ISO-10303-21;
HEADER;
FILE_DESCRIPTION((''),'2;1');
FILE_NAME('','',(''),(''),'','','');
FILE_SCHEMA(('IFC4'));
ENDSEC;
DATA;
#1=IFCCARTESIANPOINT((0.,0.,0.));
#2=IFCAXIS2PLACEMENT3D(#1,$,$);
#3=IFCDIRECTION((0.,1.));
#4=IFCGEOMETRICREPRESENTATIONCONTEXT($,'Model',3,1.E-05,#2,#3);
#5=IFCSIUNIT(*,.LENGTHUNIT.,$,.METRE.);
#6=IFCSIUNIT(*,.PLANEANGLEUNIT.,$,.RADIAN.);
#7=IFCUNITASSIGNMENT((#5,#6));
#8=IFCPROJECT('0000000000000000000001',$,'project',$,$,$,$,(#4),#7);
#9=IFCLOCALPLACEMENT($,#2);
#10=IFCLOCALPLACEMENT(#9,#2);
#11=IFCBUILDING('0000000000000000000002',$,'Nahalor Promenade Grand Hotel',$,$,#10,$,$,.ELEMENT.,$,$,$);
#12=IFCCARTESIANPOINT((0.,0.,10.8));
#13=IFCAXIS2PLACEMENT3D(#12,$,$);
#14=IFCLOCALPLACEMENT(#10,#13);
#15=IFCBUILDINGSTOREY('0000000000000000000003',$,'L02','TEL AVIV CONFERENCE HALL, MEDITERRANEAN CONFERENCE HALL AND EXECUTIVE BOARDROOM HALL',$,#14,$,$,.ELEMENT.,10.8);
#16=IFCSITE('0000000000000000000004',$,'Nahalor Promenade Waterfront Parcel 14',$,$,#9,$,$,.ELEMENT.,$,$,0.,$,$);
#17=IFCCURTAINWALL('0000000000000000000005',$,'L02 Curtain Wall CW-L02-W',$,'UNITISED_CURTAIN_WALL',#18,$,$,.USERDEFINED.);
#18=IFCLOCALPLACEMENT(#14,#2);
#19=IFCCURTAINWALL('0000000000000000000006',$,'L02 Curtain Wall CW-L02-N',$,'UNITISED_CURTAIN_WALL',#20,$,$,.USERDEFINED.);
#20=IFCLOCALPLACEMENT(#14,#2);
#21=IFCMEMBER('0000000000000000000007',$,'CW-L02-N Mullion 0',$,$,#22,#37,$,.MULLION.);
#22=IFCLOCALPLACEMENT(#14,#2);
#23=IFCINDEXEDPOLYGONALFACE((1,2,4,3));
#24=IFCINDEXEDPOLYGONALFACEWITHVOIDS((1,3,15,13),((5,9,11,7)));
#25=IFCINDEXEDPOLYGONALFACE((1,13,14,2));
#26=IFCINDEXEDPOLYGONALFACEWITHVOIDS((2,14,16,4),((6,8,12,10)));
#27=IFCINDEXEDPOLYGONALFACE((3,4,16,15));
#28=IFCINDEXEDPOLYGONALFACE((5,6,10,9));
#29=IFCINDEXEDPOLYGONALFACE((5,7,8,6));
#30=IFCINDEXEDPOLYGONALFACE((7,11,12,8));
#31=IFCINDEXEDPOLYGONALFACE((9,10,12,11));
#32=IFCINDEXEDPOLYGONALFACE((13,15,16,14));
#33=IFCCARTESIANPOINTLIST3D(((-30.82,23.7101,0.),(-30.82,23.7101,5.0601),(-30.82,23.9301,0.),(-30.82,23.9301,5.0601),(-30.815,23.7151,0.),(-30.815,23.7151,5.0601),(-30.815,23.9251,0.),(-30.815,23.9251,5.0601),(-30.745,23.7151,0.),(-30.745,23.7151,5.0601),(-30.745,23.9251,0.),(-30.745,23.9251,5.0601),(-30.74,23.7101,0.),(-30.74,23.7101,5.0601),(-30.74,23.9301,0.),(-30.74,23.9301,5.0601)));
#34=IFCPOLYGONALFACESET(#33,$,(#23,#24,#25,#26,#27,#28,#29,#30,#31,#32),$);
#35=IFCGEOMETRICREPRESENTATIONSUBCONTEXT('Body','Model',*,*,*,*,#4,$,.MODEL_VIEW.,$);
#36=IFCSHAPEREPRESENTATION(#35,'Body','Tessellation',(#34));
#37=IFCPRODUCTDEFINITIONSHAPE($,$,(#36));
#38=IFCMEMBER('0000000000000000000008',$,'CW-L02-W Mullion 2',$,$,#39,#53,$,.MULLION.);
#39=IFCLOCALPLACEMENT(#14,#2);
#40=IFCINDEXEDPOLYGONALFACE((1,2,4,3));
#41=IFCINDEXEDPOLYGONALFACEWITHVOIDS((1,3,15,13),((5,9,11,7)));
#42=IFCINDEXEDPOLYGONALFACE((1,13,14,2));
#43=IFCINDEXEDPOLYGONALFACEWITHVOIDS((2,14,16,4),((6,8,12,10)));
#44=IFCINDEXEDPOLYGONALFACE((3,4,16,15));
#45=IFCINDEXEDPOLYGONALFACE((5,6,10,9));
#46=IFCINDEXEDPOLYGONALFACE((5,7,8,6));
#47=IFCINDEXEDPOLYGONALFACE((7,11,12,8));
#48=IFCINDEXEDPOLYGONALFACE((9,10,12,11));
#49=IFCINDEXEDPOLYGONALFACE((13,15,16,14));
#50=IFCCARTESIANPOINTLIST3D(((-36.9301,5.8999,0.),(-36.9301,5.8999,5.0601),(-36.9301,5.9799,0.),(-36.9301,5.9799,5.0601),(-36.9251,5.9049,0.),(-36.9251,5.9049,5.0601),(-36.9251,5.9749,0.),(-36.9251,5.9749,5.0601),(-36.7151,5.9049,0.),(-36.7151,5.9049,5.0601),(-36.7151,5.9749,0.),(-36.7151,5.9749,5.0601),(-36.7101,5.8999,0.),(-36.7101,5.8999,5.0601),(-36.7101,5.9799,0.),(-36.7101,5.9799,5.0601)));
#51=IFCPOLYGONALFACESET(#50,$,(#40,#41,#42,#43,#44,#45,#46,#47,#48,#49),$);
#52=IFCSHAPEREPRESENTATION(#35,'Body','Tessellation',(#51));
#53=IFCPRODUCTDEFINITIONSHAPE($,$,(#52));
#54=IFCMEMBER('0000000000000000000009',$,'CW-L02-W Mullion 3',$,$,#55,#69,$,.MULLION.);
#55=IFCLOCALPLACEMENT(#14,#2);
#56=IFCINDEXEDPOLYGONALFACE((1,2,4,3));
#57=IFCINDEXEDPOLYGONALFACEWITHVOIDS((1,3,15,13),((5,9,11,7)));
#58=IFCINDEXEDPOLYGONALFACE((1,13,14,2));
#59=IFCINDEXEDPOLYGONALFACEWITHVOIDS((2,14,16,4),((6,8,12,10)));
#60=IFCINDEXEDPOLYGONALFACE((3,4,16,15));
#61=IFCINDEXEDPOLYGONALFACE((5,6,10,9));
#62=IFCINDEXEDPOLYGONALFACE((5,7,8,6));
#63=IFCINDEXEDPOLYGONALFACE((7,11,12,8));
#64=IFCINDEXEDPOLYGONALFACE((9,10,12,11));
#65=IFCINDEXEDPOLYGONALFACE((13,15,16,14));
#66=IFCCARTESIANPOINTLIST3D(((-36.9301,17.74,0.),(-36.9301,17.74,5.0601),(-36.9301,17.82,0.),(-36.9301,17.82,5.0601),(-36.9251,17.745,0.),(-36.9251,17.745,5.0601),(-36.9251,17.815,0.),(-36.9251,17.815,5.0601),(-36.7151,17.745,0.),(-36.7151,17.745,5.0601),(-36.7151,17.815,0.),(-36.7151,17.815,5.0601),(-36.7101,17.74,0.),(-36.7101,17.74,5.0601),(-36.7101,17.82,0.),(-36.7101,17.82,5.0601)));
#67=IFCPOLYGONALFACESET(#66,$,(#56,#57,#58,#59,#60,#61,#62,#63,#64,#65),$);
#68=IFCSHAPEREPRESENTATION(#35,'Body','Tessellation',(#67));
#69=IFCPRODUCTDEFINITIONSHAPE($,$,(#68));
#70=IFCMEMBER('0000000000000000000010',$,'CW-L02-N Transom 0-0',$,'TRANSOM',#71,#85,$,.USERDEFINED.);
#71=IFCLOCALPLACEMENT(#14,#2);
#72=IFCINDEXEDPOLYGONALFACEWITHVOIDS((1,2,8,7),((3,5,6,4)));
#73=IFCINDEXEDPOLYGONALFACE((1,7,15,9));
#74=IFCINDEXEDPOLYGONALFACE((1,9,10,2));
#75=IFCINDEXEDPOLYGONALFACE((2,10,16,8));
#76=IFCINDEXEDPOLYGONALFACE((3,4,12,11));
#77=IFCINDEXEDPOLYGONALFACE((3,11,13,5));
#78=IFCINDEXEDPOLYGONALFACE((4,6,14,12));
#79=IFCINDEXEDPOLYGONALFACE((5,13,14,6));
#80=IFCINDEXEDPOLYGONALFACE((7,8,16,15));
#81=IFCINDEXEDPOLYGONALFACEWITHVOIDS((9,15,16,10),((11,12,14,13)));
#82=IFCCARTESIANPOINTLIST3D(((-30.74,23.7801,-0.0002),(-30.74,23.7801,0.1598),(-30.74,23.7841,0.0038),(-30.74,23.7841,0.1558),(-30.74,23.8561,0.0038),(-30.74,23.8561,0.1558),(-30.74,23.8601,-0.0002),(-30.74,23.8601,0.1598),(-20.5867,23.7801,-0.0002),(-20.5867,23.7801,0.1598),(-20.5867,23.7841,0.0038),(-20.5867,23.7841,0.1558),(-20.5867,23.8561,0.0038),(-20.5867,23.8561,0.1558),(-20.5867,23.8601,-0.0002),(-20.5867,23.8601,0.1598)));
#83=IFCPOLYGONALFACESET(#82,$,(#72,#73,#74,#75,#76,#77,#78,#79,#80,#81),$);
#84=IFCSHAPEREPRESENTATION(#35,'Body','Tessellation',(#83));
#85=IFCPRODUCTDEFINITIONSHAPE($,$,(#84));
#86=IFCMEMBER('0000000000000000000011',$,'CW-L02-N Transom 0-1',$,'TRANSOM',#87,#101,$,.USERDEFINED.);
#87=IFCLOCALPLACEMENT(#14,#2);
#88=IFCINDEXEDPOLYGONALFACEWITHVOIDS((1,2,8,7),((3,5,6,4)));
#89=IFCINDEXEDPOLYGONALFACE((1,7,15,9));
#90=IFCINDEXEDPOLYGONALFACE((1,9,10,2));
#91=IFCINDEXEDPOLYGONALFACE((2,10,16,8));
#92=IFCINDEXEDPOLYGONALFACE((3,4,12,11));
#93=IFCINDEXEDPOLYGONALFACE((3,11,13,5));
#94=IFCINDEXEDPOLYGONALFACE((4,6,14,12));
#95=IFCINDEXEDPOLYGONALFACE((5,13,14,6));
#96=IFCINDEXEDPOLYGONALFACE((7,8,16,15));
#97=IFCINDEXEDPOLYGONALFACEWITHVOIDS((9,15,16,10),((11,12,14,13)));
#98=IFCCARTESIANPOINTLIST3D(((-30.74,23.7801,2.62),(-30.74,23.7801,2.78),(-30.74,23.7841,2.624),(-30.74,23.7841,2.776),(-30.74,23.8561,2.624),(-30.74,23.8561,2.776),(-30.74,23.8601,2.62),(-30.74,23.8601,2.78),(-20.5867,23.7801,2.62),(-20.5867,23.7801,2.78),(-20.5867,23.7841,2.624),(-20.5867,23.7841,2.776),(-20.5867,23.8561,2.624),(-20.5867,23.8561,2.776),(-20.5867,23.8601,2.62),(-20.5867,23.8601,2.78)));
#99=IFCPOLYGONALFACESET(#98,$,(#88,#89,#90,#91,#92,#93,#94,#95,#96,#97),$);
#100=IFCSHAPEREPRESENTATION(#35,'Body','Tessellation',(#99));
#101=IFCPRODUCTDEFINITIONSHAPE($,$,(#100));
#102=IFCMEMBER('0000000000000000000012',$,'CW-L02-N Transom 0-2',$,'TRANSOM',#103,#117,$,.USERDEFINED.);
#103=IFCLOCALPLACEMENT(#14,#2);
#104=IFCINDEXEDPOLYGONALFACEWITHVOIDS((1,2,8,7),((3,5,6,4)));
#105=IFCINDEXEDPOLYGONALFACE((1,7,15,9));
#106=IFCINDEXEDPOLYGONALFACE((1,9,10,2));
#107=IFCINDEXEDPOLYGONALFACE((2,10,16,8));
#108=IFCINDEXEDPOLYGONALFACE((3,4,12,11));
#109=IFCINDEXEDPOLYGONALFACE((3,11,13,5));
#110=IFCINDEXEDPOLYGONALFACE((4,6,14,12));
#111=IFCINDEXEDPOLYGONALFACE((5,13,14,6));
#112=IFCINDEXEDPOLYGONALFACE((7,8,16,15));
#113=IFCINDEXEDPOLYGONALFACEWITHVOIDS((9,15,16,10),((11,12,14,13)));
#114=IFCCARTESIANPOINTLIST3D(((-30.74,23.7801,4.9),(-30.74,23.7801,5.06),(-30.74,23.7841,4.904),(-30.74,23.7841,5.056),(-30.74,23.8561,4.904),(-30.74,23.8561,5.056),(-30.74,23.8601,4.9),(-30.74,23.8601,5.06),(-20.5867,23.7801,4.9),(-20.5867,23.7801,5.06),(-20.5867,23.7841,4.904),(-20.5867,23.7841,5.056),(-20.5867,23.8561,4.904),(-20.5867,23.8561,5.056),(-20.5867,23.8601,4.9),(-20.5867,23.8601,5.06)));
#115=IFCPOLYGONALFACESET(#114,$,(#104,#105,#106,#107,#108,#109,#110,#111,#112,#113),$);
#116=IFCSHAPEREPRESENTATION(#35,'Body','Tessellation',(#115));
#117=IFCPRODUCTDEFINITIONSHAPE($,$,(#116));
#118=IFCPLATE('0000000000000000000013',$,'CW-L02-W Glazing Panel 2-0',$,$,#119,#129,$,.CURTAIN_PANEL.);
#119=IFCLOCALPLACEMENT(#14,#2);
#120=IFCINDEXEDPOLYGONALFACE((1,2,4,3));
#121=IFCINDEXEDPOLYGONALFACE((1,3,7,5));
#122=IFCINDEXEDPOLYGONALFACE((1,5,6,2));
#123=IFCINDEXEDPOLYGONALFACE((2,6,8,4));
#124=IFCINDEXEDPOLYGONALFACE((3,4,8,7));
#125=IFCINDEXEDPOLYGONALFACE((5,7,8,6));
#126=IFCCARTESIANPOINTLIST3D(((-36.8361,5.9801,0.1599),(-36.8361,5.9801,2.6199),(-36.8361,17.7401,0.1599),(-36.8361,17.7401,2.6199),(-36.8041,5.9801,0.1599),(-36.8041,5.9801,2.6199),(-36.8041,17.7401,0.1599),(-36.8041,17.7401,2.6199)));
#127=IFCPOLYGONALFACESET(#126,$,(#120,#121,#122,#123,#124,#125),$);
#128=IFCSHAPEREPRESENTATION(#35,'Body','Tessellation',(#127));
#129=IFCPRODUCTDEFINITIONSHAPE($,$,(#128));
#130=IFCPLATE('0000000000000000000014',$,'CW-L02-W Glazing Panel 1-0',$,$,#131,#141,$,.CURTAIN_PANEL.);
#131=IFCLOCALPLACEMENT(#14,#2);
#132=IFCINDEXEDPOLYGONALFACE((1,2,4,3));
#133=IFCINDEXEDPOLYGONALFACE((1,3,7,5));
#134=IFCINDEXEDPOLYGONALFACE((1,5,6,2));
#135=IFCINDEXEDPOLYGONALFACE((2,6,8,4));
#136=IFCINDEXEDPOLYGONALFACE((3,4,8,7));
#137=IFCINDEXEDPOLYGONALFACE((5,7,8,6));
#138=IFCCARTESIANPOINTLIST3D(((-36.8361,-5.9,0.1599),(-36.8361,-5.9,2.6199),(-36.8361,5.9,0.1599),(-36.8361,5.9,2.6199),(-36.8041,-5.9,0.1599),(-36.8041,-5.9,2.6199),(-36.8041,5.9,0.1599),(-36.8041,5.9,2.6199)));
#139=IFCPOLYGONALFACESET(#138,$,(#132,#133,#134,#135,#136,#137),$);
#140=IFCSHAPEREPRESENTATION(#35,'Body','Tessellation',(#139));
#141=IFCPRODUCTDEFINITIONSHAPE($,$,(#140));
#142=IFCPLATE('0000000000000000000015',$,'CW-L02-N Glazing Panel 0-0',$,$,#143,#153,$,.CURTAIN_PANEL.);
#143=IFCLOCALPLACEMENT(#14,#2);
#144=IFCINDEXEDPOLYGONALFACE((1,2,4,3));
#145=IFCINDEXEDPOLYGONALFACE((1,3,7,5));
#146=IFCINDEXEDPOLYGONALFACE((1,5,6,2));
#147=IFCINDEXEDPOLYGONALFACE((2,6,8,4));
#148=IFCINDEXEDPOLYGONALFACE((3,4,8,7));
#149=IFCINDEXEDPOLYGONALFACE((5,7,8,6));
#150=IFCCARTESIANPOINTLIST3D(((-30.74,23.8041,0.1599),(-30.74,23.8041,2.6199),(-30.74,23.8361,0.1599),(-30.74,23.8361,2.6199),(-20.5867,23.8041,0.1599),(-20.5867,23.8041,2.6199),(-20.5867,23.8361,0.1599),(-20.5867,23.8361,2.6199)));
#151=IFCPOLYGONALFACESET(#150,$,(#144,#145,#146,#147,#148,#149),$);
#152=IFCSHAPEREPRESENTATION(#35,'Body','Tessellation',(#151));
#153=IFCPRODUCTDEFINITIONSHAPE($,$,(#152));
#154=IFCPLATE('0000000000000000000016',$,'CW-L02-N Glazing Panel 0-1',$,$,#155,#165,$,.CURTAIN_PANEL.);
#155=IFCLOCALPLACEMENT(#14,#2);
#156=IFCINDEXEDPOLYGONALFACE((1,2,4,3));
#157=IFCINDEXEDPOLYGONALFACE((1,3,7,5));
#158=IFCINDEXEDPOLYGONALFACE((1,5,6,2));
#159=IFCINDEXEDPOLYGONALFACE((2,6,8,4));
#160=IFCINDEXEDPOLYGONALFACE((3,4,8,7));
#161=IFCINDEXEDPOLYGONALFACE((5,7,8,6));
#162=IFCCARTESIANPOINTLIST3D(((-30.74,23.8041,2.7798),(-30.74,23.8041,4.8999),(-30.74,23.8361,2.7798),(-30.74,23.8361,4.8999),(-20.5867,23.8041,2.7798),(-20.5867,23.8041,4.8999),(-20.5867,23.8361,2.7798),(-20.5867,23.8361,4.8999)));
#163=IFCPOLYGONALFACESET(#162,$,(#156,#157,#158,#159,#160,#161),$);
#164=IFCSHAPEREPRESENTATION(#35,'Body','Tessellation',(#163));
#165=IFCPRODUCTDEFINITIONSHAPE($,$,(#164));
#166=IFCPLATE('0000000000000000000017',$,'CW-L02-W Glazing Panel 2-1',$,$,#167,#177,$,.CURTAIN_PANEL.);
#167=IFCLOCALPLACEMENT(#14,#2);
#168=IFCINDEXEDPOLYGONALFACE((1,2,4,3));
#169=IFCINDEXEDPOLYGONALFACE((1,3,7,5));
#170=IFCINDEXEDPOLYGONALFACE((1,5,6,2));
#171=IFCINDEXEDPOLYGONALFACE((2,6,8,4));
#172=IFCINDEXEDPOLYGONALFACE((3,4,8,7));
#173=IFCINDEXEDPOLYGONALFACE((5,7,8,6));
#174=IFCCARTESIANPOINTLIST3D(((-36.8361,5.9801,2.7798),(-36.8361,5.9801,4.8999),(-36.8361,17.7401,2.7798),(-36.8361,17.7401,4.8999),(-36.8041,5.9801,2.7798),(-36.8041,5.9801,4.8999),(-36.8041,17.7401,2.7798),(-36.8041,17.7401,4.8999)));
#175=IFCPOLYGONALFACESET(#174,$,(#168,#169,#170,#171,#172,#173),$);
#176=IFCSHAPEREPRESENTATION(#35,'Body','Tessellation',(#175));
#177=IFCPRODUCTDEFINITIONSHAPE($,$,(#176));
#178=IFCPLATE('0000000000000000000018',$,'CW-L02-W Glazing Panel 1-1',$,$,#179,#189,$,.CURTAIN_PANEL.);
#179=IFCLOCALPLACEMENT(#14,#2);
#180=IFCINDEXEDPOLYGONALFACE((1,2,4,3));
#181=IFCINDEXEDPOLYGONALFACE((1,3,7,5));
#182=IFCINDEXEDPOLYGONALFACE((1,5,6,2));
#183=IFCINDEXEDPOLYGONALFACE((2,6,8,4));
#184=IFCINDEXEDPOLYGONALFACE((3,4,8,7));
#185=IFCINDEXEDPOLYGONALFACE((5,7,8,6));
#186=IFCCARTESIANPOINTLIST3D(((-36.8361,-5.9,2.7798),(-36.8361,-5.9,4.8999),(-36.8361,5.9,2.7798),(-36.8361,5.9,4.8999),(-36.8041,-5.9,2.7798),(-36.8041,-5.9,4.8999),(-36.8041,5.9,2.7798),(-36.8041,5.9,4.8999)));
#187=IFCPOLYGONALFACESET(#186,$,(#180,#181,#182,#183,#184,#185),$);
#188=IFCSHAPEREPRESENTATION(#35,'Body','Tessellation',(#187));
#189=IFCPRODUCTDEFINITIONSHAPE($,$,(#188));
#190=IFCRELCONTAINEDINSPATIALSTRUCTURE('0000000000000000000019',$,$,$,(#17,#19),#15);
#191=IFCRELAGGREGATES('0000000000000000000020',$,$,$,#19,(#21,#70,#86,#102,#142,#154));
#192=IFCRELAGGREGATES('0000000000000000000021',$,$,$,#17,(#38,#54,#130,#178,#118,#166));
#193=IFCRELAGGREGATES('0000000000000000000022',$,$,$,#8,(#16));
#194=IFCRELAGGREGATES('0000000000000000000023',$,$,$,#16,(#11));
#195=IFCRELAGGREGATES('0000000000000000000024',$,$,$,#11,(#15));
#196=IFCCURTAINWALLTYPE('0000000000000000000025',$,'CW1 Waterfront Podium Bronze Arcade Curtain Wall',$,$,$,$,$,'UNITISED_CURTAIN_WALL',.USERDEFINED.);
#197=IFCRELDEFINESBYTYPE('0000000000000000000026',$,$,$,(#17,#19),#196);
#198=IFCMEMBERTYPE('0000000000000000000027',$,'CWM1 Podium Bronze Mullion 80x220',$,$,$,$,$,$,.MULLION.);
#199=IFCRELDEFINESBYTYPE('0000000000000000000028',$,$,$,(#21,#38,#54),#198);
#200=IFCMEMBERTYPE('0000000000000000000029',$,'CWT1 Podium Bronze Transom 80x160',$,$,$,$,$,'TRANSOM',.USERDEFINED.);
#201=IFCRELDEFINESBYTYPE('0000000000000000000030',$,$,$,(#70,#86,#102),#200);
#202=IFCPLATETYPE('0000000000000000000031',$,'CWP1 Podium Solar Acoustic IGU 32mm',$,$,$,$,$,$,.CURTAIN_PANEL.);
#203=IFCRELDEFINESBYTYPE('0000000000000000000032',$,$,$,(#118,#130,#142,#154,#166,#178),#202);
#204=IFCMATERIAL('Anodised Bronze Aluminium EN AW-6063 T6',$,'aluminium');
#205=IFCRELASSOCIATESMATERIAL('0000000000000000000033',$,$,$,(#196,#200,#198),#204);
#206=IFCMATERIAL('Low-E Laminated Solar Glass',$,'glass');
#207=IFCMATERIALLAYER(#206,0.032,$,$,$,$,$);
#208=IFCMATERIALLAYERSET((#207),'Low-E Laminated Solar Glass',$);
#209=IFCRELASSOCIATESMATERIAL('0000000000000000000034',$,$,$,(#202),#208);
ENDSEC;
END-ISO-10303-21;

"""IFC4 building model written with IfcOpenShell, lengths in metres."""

from ifc_helpers import new_model, si_unit, direction, frame, origin, origin_2d, place, context, subcontext, project, spatial, rectangle, hollow_rectangle, extrude, source, transform, mapped, material, layer, layer_set, material_profile, profile_set, type_object, element, aggregate, save


model = new_model("IFC4")

# Units and contexts
model_context = context("Model", 3, precision=1e-05, world=origin(), true_north=direction((0.0, 1.0)))
body_context = subcontext(model_context, "Body", "Model", "MODEL_VIEW")
ifc_project = project(units=[si_unit("LENGTHUNIT", "METRE"), si_unit("PLANEANGLEUNIT", "RADIAN")], contexts=[model_context])

# Site, building, storey
site_placement = place(None, origin())
site = spatial("IfcSite", under=ifc_project, at=site_placement, Name="Nahalor Promenade Waterfront Parcel 14", CompositionType="ELEMENT", RefElevation=0.0)
building_placement = place(site_placement, origin())
building = spatial("IfcBuilding", under=site, at=building_placement, Name="Nahalor Promenade Grand Hotel", CompositionType="ELEMENT")
storey_placement = place(building_placement, frame((0.0, 0.0, 10.8)))
storey = spatial("IfcBuildingStorey", under=building, at=storey_placement, Name="L02", Description="TEL AVIV CONFERENCE HALL, MEDITERRANEAN CONFERENCE HALL AND EXECUTIVE BOARDROOM HALL", CompositionType="ELEMENT", Elevation=10.8)

# Curtain wall
ifc_material_1 = material(Name="Anodised Bronze Aluminium EN AW-6063 T6", Category="aluminium")
curtain_wall_type = type_object("IfcCurtainWallType", Name="CW1 Waterfront Podium Bronze Arcade Curtain Wall", ElementType="UNITISED_CURTAIN_WALL", PredefinedType="USERDEFINED", material=ifc_material_1)
curtain_wall_1_placement = place(storey_placement, origin())
curtain_wall_1 = element("IfcCurtainWall", 1, at=curtain_wall_1_placement, inside=storey, type_object=curtain_wall_type, Name="L02 Curtain Wall CW-L02-W", ObjectType="UNITISED_CURTAIN_WALL", PredefinedType="USERDEFINED")
ifc_material_profile_1 = material_profile(ifc_material_1, hollow_rectangle(XDim=0.08, YDim=0.16, WallThickness=0.004, at=origin_2d()), Name="CWT 80x160x4")
ifc_profile_set_1 = profile_set([ifc_material_profile_1], Name="Anodised Bronze Aluminium EN AW-6063 T6")
member_type_1 = type_object("IfcMemberType", Name="CWT1 Podium Bronze Transom 80x160", ElementType="TRANSOM", PredefinedType="USERDEFINED", material=ifc_profile_set_1)

# Curtain wall, member
curtain_wall_2_placement = place(storey_placement, origin())
curtain_wall_2 = element("IfcCurtainWall", 2, at=curtain_wall_2_placement, inside=storey, type_object=curtain_wall_type, Name="L02 Curtain Wall CW-L02-N", ObjectType="UNITISED_CURTAIN_WALL", PredefinedType="USERDEFINED")
ifc_material_profile_2 = material_profile(ifc_material_1, hollow_rectangle(XDim=0.08, YDim=0.22, WallThickness=0.005, at=origin_2d()), Name="CWM 80x220x5")
ifc_profile_set_2 = profile_set([ifc_material_profile_2], Name="Anodised Bronze Aluminium EN AW-6063 T6")
member_type_2 = type_object("IfcMemberType", Name="CWM1 Podium Bronze Mullion 80x220", PredefinedType="MULLION", material=ifc_profile_set_2)
shared_shape_1 = source(origin(), body_context, "Body", "SweptSolid", [
    extrude(hollow_rectangle(XDim=0.08, YDim=0.22, WallThickness=0.005, at=origin_2d()), origin(), (0.0, 0.0, 1.0), 5.0601),
])
member_1_placement = place(storey_placement, frame((-30.78, 23.8201, 0.0), z_axis=(0.0, 0.0, 1.0), x_axis=(1.0, 0.0, 0.0)))
member_1 = element("IfcMember", 3, at=member_1_placement, type_object=member_type_2, Name="CW-L02-N Mullion 0", PredefinedType="MULLION", context=body_context, shape_type="MappedRepresentation", body=[
    mapped(shared_shape_1, transform((0.0, 0.0, 0.0), scale=1.0)),
])

# Members
member_2_placement = place(storey_placement, frame((-36.8201, 5.9399, 0.0), z_axis=(0.0, 0.0, 1.0), x_axis=(0.0, 1.0, 0.0)))
member_2 = element("IfcMember", 4, at=member_2_placement, type_object=member_type_2, Name="CW-L02-W Mullion 2", PredefinedType="MULLION", context=body_context, shape_type="MappedRepresentation", body=[
    mapped(shared_shape_1, transform((0.0, 0.0, 0.0), scale=1.0)),
])
member_3_placement = place(storey_placement, frame((-36.8201, 17.78, 0.0), z_axis=(0.0, 0.0, 1.0), x_axis=(0.0, 1.0, 0.0)))
member_3 = element("IfcMember", 5, at=member_3_placement, type_object=member_type_2, Name="CW-L02-W Mullion 3", PredefinedType="MULLION", context=body_context, shape_type="MappedRepresentation", body=[
    mapped(shared_shape_1, transform((0.0, 0.0, 0.0), scale=1.0)),
])
shared_shape_2 = source(origin(), body_context, "Body", "SweptSolid", [
    extrude(hollow_rectangle(XDim=0.08, YDim=0.16, WallThickness=0.004, at=origin_2d()), origin(), (0.0, 0.0, 1.0), 10.1533),
])
member_4_placement = place(storey_placement, frame((-30.74, 23.8201, 0.0798), z_axis=(1.0, 0.0, 0.0), x_axis=(0.0, 1.0, 0.0)))
member_4 = element("IfcMember", 6, at=member_4_placement, type_object=member_type_1, Name="CW-L02-N Transom 0-0", ObjectType="TRANSOM", PredefinedType="USERDEFINED", context=body_context, shape_type="MappedRepresentation", body=[
    mapped(shared_shape_2, transform((0.0, 0.0, 0.0), scale=1.0)),
])
member_5_placement = place(storey_placement, frame((-30.74, 23.8201, 2.7), z_axis=(1.0, 0.0, 0.0), x_axis=(0.0, 1.0, 0.0)))
member_5 = element("IfcMember", 7, at=member_5_placement, type_object=member_type_1, Name="CW-L02-N Transom 0-1", ObjectType="TRANSOM", PredefinedType="USERDEFINED", context=body_context, shape_type="MappedRepresentation", body=[
    mapped(shared_shape_2, transform((0.0, 0.0, 0.0), scale=1.0)),
])
member_6_placement = place(storey_placement, frame((-30.74, 23.8201, 4.98), z_axis=(1.0, 0.0, 0.0), x_axis=(0.0, 1.0, 0.0)))
member_6 = element("IfcMember", 8, at=member_6_placement, type_object=member_type_1, Name="CW-L02-N Transom 0-2", ObjectType="TRANSOM", PredefinedType="USERDEFINED", context=body_context, shape_type="MappedRepresentation", body=[
    mapped(shared_shape_2, transform((0.0, 0.0, 0.0), scale=1.0)),
])

# Plates
ifc_material_2 = material(Name="Low-E Laminated Solar Glass", Category="glass")
ifc_layer_1 = layer(ifc_material_2, 0.032)
ifc_layer_set_1 = layer_set([ifc_layer_1], Name="Low-E Laminated Solar Glass")
plate_type = type_object("IfcPlateType", Name="CWP1 Podium Solar Acoustic IGU 32mm", PredefinedType="CURTAIN_PANEL", material=ifc_layer_set_1)
shared_shape_3 = source(origin(), body_context, "Body", "SweptSolid", [
    extrude(rectangle(XDim=11.76, YDim=0.032, at=origin_2d()), origin(), (0.0, 0.0, 1.0), 2.46),
])
plate_1_placement = place(storey_placement, frame((-36.8201, 11.8601, 0.1599), z_axis=(0.0, 0.0, 1.0), x_axis=(0.0, 1.0, 0.0)))
plate_1 = element("IfcPlate", 9, at=plate_1_placement, type_object=plate_type, Name="CW-L02-W Glazing Panel 2-0", PredefinedType="CURTAIN_PANEL", context=body_context, shape_type="MappedRepresentation", body=[
    mapped(shared_shape_3, transform((0.0, 0.0, 0.0), scale=1.0)),
])
shared_shape_4 = source(origin(), body_context, "Body", "SweptSolid", [
    extrude(rectangle(XDim=11.8, YDim=0.032, at=origin_2d()), origin(), (0.0, 0.0, 1.0), 2.46),
])
plate_2_placement = place(storey_placement, frame((-36.8201, 0.0, 0.1599), z_axis=(0.0, 0.0, 1.0), x_axis=(0.0, 1.0, 0.0)))
plate_2 = element("IfcPlate", 10, at=plate_2_placement, type_object=plate_type, Name="CW-L02-W Glazing Panel 1-0", PredefinedType="CURTAIN_PANEL", context=body_context, shape_type="MappedRepresentation", body=[
    mapped(shared_shape_4, transform((0.0, 0.0, 0.0), scale=1.0)),
])
shared_shape_5 = source(origin(), body_context, "Body", "SweptSolid", [
    extrude(rectangle(XDim=10.1533, YDim=0.032, at=origin_2d()), origin(), (0.0, 0.0, 1.0), 2.46),
])
plate_3_placement = place(storey_placement, frame((-25.6633, 23.8201, 0.1599), z_axis=(0.0, 0.0, 1.0), x_axis=(1.0, 0.0, 0.0)))
plate_3 = element("IfcPlate", 11, at=plate_3_placement, type_object=plate_type, Name="CW-L02-N Glazing Panel 0-0", PredefinedType="CURTAIN_PANEL", context=body_context, shape_type="MappedRepresentation", body=[
    mapped(shared_shape_5, transform((0.0, 0.0, 0.0), scale=1.0)),
])
shared_shape_6 = source(origin(), body_context, "Body", "SweptSolid", [
    extrude(rectangle(XDim=10.1533, YDim=0.032, at=origin_2d()), origin(), (0.0, 0.0, 1.0), 2.1201),
])
plate_4_placement = place(storey_placement, frame((-25.6633, 23.8201, 2.7798), z_axis=(0.0, 0.0, 1.0), x_axis=(1.0, 0.0, 0.0)))
plate_4 = element("IfcPlate", 12, at=plate_4_placement, type_object=plate_type, Name="CW-L02-N Glazing Panel 0-1", PredefinedType="CURTAIN_PANEL", context=body_context, shape_type="MappedRepresentation", body=[
    mapped(shared_shape_6, transform((0.0, 0.0, 0.0), scale=1.0)),
])
aggregate(curtain_wall_2, [member_1, member_4, member_5, member_6, plate_3, plate_4])
shared_shape_7 = source(origin(), body_context, "Body", "SweptSolid", [
    extrude(rectangle(XDim=11.76, YDim=0.032, at=origin_2d()), origin(), (0.0, 0.0, 1.0), 2.1201),
])
plate_5_placement = place(storey_placement, frame((-36.8201, 11.8601, 2.7798), z_axis=(0.0, 0.0, 1.0), x_axis=(0.0, 1.0, 0.0)))
plate_5 = element("IfcPlate", 13, at=plate_5_placement, type_object=plate_type, Name="CW-L02-W Glazing Panel 2-1", PredefinedType="CURTAIN_PANEL", context=body_context, shape_type="MappedRepresentation", body=[
    mapped(shared_shape_7, transform((0.0, 0.0, 0.0), scale=1.0)),
])
shared_shape_8 = source(origin(), body_context, "Body", "SweptSolid", [
    extrude(rectangle(XDim=11.8, YDim=0.032, at=origin_2d()), origin(), (0.0, 0.0, 1.0), 2.1201),
])
plate_6_placement = place(storey_placement, frame((-36.8201, 0.0, 2.7798), z_axis=(0.0, 0.0, 1.0), x_axis=(0.0, 1.0, 0.0)))
plate_6 = element("IfcPlate", 14, at=plate_6_placement, type_object=plate_type, Name="CW-L02-W Glazing Panel 1-1", PredefinedType="CURTAIN_PANEL", context=body_context, shape_type="MappedRepresentation", body=[
    mapped(shared_shape_8, transform((0.0, 0.0, 0.0), scale=1.0)),
])
aggregate(curtain_wall_1, [member_2, member_3, plate_2, plate_6, plate_1, plate_5])

save(model, "model.ifc")
